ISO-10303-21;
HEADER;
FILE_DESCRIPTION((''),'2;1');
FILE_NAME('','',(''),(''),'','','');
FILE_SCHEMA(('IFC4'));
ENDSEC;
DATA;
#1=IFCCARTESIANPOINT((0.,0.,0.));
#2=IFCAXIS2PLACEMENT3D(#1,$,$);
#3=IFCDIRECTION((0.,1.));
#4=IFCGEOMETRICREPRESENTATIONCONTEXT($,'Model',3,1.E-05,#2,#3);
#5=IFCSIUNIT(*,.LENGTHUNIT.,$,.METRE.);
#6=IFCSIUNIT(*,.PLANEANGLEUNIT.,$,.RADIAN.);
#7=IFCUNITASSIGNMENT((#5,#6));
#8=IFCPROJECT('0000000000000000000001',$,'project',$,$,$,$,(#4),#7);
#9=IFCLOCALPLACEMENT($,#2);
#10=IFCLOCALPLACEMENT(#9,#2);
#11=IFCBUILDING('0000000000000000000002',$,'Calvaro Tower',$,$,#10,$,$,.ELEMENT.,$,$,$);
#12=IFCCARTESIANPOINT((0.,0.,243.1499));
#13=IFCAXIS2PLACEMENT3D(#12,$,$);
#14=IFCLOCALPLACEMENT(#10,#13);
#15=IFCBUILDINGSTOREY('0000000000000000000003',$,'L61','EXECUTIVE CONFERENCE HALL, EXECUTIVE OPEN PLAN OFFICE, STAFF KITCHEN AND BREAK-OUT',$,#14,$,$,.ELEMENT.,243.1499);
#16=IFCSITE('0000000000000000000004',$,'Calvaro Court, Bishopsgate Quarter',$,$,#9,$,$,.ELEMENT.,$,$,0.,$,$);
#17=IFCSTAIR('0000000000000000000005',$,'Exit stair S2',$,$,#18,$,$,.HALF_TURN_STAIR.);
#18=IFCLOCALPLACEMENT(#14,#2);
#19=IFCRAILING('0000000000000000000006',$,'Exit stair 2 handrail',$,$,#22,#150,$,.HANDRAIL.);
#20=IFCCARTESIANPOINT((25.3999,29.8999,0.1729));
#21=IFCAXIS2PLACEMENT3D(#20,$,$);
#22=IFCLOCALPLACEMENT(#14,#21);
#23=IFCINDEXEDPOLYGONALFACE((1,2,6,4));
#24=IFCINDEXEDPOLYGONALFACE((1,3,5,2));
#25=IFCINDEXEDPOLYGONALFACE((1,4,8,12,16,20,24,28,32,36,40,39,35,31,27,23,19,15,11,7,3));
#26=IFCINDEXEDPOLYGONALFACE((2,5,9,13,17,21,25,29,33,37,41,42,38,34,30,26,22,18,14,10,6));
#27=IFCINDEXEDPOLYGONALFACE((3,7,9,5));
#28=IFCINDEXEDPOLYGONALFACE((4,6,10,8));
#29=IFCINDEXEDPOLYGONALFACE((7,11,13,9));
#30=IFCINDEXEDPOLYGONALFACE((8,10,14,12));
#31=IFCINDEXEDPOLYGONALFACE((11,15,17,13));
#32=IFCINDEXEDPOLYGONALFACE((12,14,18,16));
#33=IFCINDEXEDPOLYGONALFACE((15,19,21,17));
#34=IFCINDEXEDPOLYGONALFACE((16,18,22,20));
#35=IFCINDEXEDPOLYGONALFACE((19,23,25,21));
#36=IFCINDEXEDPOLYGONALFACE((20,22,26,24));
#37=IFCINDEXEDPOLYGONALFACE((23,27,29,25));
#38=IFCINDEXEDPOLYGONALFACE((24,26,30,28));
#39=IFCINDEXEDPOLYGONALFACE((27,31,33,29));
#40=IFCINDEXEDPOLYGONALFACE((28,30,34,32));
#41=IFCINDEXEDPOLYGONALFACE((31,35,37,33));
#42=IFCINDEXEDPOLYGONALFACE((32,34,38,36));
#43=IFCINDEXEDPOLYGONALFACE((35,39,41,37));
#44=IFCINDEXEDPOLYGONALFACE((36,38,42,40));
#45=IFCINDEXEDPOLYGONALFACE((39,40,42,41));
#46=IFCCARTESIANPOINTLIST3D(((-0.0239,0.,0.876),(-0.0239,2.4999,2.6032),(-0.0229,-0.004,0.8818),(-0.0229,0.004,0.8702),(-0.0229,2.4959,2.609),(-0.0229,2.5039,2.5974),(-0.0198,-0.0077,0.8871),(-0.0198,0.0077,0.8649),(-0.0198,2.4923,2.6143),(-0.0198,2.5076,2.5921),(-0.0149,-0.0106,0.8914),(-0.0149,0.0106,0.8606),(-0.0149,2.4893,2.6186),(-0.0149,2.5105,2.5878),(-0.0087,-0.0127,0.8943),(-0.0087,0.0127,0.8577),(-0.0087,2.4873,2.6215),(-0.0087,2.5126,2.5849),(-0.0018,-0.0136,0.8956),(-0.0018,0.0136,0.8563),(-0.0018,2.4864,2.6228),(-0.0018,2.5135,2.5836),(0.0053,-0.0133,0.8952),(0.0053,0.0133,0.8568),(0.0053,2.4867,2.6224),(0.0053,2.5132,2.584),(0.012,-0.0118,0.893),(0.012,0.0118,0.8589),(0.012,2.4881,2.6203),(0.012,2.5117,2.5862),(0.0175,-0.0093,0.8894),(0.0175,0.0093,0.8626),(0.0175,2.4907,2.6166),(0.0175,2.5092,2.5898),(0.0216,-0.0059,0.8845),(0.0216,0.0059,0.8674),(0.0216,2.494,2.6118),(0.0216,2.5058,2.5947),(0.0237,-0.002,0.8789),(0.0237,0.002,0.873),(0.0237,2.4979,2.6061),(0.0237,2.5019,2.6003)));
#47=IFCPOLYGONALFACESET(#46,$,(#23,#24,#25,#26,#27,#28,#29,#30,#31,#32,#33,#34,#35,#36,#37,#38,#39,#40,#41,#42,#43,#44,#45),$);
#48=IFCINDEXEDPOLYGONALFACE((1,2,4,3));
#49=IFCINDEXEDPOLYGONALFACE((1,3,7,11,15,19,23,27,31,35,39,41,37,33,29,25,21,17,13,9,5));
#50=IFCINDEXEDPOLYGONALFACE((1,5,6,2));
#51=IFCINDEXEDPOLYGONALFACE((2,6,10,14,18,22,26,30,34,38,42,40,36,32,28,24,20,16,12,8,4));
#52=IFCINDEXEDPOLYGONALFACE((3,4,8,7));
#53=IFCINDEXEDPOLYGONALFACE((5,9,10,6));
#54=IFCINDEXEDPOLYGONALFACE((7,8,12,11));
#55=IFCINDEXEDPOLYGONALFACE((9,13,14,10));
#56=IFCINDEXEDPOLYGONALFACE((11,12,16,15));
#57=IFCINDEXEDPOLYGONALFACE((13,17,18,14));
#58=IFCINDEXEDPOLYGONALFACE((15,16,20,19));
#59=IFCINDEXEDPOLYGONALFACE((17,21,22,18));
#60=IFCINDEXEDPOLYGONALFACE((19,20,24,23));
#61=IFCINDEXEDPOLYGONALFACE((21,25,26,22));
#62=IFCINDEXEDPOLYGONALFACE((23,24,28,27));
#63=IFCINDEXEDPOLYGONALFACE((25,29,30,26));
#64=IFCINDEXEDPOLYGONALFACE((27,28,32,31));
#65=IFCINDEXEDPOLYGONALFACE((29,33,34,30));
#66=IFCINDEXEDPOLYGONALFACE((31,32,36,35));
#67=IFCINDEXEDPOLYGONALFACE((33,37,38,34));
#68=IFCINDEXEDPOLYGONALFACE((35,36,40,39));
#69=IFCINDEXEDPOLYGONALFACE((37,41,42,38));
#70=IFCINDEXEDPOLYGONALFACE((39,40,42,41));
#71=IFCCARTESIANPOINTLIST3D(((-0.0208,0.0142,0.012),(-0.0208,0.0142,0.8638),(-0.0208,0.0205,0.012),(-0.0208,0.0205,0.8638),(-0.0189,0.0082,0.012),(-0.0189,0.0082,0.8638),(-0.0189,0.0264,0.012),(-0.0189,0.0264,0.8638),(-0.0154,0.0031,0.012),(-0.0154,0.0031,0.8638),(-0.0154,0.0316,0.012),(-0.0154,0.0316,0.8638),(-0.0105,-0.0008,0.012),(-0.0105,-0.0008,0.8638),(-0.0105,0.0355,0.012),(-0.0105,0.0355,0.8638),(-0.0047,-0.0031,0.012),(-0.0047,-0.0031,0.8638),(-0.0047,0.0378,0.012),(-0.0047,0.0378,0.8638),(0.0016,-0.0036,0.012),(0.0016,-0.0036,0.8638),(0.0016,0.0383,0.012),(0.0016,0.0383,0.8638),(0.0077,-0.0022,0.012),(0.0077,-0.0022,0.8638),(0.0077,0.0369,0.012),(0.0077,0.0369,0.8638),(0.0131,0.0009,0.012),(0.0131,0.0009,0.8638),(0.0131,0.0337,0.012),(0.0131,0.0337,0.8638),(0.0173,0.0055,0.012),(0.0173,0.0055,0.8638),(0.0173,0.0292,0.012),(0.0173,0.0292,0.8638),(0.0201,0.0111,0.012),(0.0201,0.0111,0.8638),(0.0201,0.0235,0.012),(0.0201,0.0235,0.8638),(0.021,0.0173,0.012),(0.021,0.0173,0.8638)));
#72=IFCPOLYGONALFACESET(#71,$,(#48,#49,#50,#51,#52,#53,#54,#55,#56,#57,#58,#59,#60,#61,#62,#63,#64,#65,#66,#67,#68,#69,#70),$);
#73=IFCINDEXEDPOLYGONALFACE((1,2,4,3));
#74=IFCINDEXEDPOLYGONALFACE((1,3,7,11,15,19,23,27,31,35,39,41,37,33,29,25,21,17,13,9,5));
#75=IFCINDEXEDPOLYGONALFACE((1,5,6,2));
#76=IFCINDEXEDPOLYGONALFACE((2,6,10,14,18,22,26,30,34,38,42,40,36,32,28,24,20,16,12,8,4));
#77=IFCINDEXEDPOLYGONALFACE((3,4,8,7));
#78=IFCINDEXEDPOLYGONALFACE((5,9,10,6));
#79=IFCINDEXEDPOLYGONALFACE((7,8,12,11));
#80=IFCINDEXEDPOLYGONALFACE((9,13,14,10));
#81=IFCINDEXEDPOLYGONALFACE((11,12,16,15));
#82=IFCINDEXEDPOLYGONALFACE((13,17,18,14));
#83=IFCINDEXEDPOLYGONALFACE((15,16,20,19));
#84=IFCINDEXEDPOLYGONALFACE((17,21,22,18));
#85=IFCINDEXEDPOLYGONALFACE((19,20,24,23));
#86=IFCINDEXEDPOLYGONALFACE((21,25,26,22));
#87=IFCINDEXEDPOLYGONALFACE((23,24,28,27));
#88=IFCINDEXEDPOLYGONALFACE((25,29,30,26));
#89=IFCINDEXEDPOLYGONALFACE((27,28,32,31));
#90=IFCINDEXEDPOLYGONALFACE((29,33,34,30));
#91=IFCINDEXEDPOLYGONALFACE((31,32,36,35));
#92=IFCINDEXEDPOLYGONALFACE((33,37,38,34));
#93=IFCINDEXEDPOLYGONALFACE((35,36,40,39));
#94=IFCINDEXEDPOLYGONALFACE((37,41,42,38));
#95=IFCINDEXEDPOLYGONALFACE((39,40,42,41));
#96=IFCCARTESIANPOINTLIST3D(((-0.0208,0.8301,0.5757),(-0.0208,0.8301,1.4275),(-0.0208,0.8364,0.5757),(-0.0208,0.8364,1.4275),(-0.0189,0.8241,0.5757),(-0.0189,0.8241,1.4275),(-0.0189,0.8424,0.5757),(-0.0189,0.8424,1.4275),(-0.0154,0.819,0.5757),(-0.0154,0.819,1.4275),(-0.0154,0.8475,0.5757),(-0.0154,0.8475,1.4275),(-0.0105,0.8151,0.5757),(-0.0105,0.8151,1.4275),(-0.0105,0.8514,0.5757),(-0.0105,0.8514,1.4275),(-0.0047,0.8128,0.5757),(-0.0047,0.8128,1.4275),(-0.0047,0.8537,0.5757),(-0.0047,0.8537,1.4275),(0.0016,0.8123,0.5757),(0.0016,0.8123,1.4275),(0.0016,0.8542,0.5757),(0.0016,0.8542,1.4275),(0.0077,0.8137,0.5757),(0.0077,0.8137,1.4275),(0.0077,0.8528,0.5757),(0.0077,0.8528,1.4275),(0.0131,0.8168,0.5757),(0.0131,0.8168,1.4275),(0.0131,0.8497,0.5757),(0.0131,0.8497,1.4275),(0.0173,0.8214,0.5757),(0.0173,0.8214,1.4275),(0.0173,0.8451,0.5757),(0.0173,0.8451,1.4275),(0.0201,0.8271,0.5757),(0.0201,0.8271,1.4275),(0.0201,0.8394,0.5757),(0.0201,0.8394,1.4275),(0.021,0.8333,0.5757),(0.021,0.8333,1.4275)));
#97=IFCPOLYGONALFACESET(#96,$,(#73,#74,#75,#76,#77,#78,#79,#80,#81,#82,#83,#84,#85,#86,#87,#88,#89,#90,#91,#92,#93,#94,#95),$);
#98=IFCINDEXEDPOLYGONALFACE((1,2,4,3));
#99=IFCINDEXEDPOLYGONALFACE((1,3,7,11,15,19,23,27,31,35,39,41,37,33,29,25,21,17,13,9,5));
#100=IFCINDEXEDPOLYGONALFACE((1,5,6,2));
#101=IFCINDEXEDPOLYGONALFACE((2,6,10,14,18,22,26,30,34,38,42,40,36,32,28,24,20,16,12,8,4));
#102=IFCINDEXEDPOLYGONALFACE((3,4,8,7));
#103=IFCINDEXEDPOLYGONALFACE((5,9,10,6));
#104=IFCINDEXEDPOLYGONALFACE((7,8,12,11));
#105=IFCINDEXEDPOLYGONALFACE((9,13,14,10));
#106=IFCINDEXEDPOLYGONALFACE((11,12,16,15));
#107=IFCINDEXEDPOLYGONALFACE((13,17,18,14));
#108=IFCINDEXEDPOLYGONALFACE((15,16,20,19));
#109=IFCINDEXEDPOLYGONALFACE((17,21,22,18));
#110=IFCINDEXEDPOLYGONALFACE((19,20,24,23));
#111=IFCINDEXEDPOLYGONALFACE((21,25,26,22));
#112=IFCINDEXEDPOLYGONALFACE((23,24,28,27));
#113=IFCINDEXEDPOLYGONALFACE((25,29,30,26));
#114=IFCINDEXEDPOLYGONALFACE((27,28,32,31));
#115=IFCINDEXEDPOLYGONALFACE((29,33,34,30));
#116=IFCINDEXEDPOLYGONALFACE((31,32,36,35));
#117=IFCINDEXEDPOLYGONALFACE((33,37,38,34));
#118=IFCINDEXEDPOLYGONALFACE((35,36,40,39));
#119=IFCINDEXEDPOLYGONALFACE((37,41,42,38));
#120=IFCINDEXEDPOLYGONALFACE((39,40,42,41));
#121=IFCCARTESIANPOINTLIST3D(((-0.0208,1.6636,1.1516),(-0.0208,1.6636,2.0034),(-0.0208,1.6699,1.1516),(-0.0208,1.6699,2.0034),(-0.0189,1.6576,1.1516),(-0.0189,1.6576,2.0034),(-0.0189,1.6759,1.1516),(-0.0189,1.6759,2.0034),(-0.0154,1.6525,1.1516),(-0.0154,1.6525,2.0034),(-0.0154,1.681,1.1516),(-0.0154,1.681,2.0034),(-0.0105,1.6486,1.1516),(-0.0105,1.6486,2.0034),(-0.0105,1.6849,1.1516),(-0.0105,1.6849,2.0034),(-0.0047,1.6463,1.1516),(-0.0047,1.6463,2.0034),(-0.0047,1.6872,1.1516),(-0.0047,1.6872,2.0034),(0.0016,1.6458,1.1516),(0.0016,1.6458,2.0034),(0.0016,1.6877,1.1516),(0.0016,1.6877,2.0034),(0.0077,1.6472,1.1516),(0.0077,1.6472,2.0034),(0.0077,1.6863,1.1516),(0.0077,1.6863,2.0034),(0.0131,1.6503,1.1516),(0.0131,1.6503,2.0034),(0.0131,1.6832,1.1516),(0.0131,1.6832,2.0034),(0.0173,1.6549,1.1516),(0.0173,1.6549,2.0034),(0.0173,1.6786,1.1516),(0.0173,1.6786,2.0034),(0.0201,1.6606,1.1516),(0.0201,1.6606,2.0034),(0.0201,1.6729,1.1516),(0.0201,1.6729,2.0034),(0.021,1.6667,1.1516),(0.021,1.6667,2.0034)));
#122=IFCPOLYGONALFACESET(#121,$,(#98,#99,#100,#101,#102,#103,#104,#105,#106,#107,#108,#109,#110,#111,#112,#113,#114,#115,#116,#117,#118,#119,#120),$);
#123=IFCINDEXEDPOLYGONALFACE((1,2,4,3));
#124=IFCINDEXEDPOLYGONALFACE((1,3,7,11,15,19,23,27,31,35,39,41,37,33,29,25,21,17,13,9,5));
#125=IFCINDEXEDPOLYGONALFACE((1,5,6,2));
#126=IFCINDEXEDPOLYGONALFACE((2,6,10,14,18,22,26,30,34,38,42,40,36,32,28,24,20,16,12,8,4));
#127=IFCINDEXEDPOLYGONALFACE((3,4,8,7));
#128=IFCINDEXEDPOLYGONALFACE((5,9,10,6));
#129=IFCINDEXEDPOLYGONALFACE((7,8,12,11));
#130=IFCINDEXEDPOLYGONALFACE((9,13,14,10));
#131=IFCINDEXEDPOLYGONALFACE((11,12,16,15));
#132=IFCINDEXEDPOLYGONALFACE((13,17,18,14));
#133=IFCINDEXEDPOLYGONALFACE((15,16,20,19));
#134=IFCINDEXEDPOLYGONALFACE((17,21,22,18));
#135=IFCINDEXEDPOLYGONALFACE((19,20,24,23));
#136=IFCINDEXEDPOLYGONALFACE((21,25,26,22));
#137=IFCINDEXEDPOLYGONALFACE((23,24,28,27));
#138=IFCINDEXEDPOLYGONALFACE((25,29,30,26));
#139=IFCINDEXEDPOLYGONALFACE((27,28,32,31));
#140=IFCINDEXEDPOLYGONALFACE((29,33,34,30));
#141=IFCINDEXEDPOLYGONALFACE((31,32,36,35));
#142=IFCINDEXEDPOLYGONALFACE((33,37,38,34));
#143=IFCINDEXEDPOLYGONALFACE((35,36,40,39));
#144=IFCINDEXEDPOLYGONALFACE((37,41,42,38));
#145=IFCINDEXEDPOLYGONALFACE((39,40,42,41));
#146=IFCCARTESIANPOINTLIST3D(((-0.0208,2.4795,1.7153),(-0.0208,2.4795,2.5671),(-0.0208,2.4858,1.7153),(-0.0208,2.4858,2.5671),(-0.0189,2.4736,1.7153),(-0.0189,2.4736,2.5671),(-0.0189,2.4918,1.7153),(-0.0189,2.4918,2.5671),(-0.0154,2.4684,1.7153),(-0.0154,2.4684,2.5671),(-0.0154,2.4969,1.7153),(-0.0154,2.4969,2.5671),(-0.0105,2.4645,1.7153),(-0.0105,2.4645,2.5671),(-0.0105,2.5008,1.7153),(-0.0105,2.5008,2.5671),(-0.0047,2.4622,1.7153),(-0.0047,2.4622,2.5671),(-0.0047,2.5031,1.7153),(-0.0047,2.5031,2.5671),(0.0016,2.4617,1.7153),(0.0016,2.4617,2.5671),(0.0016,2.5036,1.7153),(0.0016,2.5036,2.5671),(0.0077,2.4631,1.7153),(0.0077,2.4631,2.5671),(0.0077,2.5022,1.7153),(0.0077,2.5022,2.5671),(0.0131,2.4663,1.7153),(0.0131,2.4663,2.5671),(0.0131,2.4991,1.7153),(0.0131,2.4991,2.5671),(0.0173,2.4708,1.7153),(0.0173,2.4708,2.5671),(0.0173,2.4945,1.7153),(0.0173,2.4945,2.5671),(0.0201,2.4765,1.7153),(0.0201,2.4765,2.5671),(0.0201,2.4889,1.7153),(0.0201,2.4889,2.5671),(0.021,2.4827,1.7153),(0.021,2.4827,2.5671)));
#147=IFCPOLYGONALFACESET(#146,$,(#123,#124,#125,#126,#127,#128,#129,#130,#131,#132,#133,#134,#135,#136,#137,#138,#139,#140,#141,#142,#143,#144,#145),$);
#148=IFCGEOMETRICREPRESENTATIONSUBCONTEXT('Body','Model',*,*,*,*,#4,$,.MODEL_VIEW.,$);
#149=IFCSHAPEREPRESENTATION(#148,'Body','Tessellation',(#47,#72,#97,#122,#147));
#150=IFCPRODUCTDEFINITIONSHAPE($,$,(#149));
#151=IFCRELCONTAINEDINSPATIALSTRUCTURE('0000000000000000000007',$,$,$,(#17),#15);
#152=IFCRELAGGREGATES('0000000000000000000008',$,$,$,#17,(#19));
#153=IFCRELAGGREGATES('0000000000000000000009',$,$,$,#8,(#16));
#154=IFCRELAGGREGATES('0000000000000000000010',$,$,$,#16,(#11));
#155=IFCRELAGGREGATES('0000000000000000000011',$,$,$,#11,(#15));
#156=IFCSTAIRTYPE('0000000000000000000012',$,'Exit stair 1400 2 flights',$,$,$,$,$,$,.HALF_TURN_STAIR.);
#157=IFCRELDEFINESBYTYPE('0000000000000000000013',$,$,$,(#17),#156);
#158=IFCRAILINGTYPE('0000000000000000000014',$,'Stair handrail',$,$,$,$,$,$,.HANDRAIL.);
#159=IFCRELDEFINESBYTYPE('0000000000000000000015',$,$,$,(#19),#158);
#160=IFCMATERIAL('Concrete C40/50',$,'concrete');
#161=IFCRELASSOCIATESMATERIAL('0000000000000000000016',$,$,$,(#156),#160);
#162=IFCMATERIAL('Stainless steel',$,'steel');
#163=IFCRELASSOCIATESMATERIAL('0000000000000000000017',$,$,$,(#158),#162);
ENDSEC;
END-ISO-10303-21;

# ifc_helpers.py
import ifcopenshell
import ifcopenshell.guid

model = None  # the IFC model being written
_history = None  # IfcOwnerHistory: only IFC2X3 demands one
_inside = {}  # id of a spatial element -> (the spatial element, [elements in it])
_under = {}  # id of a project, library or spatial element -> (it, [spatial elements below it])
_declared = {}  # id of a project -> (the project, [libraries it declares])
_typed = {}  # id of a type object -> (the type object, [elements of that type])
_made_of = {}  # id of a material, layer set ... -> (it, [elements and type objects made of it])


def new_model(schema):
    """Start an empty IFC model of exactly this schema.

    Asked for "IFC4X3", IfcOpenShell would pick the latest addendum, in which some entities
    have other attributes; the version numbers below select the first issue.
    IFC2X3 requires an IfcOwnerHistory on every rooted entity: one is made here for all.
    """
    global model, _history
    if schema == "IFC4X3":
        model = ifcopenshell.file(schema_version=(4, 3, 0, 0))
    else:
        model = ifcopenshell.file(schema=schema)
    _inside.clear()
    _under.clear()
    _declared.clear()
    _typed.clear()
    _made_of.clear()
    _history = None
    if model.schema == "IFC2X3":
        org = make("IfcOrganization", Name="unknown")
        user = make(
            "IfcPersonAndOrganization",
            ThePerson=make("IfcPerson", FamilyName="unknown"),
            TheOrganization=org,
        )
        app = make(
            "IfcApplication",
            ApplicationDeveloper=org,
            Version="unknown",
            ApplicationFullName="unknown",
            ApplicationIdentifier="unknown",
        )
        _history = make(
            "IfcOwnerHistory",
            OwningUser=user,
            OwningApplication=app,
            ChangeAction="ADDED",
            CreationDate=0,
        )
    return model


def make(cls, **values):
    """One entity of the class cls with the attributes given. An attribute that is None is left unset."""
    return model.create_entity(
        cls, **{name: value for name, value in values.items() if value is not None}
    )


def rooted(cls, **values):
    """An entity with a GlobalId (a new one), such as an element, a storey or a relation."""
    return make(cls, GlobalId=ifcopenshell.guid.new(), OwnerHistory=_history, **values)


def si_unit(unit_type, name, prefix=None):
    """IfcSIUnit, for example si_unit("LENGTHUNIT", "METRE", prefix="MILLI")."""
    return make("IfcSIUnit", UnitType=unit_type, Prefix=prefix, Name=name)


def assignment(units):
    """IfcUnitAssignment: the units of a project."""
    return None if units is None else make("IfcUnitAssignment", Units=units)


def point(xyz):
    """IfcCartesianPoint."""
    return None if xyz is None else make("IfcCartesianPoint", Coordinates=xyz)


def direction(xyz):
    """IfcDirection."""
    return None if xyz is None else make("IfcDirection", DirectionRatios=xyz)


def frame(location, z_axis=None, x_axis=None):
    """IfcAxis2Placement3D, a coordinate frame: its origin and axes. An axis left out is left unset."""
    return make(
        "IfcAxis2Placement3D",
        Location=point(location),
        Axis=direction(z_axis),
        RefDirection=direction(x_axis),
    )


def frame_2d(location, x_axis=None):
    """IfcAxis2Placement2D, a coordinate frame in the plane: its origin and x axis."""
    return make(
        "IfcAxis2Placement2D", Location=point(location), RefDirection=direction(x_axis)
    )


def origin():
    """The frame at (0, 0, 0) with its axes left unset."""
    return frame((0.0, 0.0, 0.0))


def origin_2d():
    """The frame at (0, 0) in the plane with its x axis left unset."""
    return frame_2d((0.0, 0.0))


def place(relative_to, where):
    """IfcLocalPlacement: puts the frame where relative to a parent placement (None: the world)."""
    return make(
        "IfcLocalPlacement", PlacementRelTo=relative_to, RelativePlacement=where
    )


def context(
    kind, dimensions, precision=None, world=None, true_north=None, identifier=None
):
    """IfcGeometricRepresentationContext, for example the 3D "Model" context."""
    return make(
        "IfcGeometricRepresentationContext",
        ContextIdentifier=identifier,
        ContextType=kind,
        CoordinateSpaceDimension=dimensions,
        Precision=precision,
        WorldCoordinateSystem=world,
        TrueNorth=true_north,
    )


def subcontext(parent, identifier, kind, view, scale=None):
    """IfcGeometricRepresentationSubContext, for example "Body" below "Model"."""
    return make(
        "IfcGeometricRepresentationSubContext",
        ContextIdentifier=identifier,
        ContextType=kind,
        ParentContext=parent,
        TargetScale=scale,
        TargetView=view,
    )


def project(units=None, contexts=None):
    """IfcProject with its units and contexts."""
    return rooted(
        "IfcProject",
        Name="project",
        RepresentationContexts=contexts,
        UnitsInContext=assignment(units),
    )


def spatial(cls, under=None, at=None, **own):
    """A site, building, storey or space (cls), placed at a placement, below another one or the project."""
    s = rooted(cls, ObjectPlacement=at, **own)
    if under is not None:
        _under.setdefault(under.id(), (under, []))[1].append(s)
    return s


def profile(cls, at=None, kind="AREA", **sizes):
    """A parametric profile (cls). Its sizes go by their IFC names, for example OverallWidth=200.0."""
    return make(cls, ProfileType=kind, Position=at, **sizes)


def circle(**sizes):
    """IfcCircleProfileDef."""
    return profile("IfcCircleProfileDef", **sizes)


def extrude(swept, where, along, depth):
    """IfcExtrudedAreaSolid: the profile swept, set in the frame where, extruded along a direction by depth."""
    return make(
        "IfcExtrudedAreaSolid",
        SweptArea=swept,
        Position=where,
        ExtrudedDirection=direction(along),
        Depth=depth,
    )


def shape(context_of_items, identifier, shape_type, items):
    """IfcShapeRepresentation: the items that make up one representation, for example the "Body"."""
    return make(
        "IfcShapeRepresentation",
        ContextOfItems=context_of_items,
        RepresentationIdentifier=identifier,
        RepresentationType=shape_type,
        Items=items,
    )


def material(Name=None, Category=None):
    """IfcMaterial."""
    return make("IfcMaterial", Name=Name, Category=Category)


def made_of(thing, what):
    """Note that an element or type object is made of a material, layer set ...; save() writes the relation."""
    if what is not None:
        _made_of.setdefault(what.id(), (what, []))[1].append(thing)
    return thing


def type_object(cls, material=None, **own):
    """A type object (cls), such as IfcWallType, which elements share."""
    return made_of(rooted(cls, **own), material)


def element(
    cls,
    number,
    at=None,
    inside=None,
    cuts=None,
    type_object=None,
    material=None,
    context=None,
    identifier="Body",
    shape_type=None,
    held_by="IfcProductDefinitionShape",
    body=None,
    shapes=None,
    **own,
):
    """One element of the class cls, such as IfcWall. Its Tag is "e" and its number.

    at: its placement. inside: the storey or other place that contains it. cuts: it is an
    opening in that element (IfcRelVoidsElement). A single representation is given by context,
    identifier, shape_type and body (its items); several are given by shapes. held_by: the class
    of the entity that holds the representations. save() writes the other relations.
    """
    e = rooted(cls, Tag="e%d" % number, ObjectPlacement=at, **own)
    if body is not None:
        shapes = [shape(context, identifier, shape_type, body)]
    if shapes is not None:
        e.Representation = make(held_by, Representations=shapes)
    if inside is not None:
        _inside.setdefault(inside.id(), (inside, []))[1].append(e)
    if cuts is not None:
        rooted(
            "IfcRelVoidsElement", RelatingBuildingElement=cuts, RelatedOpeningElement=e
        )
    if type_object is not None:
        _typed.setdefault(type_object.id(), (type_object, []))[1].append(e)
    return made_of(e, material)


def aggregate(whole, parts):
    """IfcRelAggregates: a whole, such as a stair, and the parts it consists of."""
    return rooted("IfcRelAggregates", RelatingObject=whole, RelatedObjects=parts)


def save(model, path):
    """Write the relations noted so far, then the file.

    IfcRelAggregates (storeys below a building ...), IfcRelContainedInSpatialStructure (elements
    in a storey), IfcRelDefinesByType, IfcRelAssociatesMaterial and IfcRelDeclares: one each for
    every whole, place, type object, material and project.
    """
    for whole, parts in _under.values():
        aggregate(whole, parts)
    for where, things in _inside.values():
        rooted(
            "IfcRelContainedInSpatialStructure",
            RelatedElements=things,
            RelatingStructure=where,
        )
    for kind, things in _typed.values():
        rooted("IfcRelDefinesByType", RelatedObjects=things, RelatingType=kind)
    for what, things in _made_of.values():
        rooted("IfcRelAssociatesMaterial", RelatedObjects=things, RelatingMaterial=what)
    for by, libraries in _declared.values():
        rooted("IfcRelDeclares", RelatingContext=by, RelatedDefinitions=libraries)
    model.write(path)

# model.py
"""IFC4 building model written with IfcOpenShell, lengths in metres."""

from ifc_helpers import new_model, si_unit, direction, frame, origin, origin_2d, place, context, subcontext, project, spatial, circle, extrude, material, type_object, element, aggregate, save


model = new_model("IFC4")

# Units and contexts
model_context = context("Model", 3, precision=1e-05, world=origin(), true_north=direction((0.0, 1.0)))
body_context = subcontext(model_context, "Body", "Model", "MODEL_VIEW")
ifc_project = project(units=[si_unit("LENGTHUNIT", "METRE"), si_unit("PLANEANGLEUNIT", "RADIAN")], contexts=[model_context])

# Site, building, storey
site_placement = place(None, origin())
site = spatial("IfcSite", under=ifc_project, at=site_placement, Name="Calvaro Court, Bishopsgate Quarter", CompositionType="ELEMENT", RefElevation=0.0)
building_placement = place(site_placement, origin())
building = spatial("IfcBuilding", under=site, at=building_placement, Name="Calvaro Tower", CompositionType="ELEMENT")
storey_placement = place(building_placement, frame((0.0, 0.0, 243.1499)))
storey = spatial("IfcBuildingStorey", under=building, at=storey_placement, Name="L61", Description="EXECUTIVE CONFERENCE HALL, EXECUTIVE OPEN PLAN OFFICE, STAFF KITCHEN AND BREAK-OUT", CompositionType="ELEMENT", Elevation=243.1499)

# Stair, railing
ifc_material_1 = material(Name="Concrete C40/50", Category="concrete")
stair_type = type_object("IfcStairType", Name="Exit stair 1400 2 flights", PredefinedType="HALF_TURN_STAIR", material=ifc_material_1)
stair_placement = place(storey_placement, origin())
stair = element("IfcStair", 1, at=stair_placement, inside=storey, type_object=stair_type, Name="Exit stair S2", PredefinedType="HALF_TURN_STAIR")
ifc_material_2 = material(Name="Stainless steel", Category="steel")
railing_type = type_object("IfcRailingType", Name="Stair handrail", PredefinedType="HANDRAIL", material=ifc_material_2)
railing_1_placement = place(storey_placement, frame((25.3999, 29.8999, 0.1729)))
railing_1 = element("IfcRailing", 2, at=railing_1_placement, type_object=railing_type, Name="Exit stair 2 handrail", PredefinedType="HANDRAIL", context=body_context, shape_type="SweptSolid", body=[
    extrude(circle(Radius=0.0239, at=origin_2d()), frame((0.0, 0.0, 0.876), z_axis=(0.0, 0.822727, 0.568437), x_axis=(-1.0, 0.0, 0.0)), (0.0, 0.0, 1.0), 3.0386),
    extrude(circle(Radius=0.021, at=origin_2d()), frame((0.0, 0.0173, 0.012)), (0.0, 0.0, 1.0), 0.8518),
    extrude(circle(Radius=0.021, at=origin_2d()), frame((0.0, 0.8333, 0.5757)), (0.0, 0.0, 1.0), 0.8518),
    extrude(circle(Radius=0.021, at=origin_2d()), frame((0.0, 1.6667, 1.1516)), (0.0, 0.0, 1.0), 0.8518),
    extrude(circle(Radius=0.021, at=origin_2d()), frame((0.0, 2.4827, 1.7153)), (0.0, 0.0, 1.0), 0.8518),
])
aggregate(stair, [railing_1])

save(model, "model.ifc")
